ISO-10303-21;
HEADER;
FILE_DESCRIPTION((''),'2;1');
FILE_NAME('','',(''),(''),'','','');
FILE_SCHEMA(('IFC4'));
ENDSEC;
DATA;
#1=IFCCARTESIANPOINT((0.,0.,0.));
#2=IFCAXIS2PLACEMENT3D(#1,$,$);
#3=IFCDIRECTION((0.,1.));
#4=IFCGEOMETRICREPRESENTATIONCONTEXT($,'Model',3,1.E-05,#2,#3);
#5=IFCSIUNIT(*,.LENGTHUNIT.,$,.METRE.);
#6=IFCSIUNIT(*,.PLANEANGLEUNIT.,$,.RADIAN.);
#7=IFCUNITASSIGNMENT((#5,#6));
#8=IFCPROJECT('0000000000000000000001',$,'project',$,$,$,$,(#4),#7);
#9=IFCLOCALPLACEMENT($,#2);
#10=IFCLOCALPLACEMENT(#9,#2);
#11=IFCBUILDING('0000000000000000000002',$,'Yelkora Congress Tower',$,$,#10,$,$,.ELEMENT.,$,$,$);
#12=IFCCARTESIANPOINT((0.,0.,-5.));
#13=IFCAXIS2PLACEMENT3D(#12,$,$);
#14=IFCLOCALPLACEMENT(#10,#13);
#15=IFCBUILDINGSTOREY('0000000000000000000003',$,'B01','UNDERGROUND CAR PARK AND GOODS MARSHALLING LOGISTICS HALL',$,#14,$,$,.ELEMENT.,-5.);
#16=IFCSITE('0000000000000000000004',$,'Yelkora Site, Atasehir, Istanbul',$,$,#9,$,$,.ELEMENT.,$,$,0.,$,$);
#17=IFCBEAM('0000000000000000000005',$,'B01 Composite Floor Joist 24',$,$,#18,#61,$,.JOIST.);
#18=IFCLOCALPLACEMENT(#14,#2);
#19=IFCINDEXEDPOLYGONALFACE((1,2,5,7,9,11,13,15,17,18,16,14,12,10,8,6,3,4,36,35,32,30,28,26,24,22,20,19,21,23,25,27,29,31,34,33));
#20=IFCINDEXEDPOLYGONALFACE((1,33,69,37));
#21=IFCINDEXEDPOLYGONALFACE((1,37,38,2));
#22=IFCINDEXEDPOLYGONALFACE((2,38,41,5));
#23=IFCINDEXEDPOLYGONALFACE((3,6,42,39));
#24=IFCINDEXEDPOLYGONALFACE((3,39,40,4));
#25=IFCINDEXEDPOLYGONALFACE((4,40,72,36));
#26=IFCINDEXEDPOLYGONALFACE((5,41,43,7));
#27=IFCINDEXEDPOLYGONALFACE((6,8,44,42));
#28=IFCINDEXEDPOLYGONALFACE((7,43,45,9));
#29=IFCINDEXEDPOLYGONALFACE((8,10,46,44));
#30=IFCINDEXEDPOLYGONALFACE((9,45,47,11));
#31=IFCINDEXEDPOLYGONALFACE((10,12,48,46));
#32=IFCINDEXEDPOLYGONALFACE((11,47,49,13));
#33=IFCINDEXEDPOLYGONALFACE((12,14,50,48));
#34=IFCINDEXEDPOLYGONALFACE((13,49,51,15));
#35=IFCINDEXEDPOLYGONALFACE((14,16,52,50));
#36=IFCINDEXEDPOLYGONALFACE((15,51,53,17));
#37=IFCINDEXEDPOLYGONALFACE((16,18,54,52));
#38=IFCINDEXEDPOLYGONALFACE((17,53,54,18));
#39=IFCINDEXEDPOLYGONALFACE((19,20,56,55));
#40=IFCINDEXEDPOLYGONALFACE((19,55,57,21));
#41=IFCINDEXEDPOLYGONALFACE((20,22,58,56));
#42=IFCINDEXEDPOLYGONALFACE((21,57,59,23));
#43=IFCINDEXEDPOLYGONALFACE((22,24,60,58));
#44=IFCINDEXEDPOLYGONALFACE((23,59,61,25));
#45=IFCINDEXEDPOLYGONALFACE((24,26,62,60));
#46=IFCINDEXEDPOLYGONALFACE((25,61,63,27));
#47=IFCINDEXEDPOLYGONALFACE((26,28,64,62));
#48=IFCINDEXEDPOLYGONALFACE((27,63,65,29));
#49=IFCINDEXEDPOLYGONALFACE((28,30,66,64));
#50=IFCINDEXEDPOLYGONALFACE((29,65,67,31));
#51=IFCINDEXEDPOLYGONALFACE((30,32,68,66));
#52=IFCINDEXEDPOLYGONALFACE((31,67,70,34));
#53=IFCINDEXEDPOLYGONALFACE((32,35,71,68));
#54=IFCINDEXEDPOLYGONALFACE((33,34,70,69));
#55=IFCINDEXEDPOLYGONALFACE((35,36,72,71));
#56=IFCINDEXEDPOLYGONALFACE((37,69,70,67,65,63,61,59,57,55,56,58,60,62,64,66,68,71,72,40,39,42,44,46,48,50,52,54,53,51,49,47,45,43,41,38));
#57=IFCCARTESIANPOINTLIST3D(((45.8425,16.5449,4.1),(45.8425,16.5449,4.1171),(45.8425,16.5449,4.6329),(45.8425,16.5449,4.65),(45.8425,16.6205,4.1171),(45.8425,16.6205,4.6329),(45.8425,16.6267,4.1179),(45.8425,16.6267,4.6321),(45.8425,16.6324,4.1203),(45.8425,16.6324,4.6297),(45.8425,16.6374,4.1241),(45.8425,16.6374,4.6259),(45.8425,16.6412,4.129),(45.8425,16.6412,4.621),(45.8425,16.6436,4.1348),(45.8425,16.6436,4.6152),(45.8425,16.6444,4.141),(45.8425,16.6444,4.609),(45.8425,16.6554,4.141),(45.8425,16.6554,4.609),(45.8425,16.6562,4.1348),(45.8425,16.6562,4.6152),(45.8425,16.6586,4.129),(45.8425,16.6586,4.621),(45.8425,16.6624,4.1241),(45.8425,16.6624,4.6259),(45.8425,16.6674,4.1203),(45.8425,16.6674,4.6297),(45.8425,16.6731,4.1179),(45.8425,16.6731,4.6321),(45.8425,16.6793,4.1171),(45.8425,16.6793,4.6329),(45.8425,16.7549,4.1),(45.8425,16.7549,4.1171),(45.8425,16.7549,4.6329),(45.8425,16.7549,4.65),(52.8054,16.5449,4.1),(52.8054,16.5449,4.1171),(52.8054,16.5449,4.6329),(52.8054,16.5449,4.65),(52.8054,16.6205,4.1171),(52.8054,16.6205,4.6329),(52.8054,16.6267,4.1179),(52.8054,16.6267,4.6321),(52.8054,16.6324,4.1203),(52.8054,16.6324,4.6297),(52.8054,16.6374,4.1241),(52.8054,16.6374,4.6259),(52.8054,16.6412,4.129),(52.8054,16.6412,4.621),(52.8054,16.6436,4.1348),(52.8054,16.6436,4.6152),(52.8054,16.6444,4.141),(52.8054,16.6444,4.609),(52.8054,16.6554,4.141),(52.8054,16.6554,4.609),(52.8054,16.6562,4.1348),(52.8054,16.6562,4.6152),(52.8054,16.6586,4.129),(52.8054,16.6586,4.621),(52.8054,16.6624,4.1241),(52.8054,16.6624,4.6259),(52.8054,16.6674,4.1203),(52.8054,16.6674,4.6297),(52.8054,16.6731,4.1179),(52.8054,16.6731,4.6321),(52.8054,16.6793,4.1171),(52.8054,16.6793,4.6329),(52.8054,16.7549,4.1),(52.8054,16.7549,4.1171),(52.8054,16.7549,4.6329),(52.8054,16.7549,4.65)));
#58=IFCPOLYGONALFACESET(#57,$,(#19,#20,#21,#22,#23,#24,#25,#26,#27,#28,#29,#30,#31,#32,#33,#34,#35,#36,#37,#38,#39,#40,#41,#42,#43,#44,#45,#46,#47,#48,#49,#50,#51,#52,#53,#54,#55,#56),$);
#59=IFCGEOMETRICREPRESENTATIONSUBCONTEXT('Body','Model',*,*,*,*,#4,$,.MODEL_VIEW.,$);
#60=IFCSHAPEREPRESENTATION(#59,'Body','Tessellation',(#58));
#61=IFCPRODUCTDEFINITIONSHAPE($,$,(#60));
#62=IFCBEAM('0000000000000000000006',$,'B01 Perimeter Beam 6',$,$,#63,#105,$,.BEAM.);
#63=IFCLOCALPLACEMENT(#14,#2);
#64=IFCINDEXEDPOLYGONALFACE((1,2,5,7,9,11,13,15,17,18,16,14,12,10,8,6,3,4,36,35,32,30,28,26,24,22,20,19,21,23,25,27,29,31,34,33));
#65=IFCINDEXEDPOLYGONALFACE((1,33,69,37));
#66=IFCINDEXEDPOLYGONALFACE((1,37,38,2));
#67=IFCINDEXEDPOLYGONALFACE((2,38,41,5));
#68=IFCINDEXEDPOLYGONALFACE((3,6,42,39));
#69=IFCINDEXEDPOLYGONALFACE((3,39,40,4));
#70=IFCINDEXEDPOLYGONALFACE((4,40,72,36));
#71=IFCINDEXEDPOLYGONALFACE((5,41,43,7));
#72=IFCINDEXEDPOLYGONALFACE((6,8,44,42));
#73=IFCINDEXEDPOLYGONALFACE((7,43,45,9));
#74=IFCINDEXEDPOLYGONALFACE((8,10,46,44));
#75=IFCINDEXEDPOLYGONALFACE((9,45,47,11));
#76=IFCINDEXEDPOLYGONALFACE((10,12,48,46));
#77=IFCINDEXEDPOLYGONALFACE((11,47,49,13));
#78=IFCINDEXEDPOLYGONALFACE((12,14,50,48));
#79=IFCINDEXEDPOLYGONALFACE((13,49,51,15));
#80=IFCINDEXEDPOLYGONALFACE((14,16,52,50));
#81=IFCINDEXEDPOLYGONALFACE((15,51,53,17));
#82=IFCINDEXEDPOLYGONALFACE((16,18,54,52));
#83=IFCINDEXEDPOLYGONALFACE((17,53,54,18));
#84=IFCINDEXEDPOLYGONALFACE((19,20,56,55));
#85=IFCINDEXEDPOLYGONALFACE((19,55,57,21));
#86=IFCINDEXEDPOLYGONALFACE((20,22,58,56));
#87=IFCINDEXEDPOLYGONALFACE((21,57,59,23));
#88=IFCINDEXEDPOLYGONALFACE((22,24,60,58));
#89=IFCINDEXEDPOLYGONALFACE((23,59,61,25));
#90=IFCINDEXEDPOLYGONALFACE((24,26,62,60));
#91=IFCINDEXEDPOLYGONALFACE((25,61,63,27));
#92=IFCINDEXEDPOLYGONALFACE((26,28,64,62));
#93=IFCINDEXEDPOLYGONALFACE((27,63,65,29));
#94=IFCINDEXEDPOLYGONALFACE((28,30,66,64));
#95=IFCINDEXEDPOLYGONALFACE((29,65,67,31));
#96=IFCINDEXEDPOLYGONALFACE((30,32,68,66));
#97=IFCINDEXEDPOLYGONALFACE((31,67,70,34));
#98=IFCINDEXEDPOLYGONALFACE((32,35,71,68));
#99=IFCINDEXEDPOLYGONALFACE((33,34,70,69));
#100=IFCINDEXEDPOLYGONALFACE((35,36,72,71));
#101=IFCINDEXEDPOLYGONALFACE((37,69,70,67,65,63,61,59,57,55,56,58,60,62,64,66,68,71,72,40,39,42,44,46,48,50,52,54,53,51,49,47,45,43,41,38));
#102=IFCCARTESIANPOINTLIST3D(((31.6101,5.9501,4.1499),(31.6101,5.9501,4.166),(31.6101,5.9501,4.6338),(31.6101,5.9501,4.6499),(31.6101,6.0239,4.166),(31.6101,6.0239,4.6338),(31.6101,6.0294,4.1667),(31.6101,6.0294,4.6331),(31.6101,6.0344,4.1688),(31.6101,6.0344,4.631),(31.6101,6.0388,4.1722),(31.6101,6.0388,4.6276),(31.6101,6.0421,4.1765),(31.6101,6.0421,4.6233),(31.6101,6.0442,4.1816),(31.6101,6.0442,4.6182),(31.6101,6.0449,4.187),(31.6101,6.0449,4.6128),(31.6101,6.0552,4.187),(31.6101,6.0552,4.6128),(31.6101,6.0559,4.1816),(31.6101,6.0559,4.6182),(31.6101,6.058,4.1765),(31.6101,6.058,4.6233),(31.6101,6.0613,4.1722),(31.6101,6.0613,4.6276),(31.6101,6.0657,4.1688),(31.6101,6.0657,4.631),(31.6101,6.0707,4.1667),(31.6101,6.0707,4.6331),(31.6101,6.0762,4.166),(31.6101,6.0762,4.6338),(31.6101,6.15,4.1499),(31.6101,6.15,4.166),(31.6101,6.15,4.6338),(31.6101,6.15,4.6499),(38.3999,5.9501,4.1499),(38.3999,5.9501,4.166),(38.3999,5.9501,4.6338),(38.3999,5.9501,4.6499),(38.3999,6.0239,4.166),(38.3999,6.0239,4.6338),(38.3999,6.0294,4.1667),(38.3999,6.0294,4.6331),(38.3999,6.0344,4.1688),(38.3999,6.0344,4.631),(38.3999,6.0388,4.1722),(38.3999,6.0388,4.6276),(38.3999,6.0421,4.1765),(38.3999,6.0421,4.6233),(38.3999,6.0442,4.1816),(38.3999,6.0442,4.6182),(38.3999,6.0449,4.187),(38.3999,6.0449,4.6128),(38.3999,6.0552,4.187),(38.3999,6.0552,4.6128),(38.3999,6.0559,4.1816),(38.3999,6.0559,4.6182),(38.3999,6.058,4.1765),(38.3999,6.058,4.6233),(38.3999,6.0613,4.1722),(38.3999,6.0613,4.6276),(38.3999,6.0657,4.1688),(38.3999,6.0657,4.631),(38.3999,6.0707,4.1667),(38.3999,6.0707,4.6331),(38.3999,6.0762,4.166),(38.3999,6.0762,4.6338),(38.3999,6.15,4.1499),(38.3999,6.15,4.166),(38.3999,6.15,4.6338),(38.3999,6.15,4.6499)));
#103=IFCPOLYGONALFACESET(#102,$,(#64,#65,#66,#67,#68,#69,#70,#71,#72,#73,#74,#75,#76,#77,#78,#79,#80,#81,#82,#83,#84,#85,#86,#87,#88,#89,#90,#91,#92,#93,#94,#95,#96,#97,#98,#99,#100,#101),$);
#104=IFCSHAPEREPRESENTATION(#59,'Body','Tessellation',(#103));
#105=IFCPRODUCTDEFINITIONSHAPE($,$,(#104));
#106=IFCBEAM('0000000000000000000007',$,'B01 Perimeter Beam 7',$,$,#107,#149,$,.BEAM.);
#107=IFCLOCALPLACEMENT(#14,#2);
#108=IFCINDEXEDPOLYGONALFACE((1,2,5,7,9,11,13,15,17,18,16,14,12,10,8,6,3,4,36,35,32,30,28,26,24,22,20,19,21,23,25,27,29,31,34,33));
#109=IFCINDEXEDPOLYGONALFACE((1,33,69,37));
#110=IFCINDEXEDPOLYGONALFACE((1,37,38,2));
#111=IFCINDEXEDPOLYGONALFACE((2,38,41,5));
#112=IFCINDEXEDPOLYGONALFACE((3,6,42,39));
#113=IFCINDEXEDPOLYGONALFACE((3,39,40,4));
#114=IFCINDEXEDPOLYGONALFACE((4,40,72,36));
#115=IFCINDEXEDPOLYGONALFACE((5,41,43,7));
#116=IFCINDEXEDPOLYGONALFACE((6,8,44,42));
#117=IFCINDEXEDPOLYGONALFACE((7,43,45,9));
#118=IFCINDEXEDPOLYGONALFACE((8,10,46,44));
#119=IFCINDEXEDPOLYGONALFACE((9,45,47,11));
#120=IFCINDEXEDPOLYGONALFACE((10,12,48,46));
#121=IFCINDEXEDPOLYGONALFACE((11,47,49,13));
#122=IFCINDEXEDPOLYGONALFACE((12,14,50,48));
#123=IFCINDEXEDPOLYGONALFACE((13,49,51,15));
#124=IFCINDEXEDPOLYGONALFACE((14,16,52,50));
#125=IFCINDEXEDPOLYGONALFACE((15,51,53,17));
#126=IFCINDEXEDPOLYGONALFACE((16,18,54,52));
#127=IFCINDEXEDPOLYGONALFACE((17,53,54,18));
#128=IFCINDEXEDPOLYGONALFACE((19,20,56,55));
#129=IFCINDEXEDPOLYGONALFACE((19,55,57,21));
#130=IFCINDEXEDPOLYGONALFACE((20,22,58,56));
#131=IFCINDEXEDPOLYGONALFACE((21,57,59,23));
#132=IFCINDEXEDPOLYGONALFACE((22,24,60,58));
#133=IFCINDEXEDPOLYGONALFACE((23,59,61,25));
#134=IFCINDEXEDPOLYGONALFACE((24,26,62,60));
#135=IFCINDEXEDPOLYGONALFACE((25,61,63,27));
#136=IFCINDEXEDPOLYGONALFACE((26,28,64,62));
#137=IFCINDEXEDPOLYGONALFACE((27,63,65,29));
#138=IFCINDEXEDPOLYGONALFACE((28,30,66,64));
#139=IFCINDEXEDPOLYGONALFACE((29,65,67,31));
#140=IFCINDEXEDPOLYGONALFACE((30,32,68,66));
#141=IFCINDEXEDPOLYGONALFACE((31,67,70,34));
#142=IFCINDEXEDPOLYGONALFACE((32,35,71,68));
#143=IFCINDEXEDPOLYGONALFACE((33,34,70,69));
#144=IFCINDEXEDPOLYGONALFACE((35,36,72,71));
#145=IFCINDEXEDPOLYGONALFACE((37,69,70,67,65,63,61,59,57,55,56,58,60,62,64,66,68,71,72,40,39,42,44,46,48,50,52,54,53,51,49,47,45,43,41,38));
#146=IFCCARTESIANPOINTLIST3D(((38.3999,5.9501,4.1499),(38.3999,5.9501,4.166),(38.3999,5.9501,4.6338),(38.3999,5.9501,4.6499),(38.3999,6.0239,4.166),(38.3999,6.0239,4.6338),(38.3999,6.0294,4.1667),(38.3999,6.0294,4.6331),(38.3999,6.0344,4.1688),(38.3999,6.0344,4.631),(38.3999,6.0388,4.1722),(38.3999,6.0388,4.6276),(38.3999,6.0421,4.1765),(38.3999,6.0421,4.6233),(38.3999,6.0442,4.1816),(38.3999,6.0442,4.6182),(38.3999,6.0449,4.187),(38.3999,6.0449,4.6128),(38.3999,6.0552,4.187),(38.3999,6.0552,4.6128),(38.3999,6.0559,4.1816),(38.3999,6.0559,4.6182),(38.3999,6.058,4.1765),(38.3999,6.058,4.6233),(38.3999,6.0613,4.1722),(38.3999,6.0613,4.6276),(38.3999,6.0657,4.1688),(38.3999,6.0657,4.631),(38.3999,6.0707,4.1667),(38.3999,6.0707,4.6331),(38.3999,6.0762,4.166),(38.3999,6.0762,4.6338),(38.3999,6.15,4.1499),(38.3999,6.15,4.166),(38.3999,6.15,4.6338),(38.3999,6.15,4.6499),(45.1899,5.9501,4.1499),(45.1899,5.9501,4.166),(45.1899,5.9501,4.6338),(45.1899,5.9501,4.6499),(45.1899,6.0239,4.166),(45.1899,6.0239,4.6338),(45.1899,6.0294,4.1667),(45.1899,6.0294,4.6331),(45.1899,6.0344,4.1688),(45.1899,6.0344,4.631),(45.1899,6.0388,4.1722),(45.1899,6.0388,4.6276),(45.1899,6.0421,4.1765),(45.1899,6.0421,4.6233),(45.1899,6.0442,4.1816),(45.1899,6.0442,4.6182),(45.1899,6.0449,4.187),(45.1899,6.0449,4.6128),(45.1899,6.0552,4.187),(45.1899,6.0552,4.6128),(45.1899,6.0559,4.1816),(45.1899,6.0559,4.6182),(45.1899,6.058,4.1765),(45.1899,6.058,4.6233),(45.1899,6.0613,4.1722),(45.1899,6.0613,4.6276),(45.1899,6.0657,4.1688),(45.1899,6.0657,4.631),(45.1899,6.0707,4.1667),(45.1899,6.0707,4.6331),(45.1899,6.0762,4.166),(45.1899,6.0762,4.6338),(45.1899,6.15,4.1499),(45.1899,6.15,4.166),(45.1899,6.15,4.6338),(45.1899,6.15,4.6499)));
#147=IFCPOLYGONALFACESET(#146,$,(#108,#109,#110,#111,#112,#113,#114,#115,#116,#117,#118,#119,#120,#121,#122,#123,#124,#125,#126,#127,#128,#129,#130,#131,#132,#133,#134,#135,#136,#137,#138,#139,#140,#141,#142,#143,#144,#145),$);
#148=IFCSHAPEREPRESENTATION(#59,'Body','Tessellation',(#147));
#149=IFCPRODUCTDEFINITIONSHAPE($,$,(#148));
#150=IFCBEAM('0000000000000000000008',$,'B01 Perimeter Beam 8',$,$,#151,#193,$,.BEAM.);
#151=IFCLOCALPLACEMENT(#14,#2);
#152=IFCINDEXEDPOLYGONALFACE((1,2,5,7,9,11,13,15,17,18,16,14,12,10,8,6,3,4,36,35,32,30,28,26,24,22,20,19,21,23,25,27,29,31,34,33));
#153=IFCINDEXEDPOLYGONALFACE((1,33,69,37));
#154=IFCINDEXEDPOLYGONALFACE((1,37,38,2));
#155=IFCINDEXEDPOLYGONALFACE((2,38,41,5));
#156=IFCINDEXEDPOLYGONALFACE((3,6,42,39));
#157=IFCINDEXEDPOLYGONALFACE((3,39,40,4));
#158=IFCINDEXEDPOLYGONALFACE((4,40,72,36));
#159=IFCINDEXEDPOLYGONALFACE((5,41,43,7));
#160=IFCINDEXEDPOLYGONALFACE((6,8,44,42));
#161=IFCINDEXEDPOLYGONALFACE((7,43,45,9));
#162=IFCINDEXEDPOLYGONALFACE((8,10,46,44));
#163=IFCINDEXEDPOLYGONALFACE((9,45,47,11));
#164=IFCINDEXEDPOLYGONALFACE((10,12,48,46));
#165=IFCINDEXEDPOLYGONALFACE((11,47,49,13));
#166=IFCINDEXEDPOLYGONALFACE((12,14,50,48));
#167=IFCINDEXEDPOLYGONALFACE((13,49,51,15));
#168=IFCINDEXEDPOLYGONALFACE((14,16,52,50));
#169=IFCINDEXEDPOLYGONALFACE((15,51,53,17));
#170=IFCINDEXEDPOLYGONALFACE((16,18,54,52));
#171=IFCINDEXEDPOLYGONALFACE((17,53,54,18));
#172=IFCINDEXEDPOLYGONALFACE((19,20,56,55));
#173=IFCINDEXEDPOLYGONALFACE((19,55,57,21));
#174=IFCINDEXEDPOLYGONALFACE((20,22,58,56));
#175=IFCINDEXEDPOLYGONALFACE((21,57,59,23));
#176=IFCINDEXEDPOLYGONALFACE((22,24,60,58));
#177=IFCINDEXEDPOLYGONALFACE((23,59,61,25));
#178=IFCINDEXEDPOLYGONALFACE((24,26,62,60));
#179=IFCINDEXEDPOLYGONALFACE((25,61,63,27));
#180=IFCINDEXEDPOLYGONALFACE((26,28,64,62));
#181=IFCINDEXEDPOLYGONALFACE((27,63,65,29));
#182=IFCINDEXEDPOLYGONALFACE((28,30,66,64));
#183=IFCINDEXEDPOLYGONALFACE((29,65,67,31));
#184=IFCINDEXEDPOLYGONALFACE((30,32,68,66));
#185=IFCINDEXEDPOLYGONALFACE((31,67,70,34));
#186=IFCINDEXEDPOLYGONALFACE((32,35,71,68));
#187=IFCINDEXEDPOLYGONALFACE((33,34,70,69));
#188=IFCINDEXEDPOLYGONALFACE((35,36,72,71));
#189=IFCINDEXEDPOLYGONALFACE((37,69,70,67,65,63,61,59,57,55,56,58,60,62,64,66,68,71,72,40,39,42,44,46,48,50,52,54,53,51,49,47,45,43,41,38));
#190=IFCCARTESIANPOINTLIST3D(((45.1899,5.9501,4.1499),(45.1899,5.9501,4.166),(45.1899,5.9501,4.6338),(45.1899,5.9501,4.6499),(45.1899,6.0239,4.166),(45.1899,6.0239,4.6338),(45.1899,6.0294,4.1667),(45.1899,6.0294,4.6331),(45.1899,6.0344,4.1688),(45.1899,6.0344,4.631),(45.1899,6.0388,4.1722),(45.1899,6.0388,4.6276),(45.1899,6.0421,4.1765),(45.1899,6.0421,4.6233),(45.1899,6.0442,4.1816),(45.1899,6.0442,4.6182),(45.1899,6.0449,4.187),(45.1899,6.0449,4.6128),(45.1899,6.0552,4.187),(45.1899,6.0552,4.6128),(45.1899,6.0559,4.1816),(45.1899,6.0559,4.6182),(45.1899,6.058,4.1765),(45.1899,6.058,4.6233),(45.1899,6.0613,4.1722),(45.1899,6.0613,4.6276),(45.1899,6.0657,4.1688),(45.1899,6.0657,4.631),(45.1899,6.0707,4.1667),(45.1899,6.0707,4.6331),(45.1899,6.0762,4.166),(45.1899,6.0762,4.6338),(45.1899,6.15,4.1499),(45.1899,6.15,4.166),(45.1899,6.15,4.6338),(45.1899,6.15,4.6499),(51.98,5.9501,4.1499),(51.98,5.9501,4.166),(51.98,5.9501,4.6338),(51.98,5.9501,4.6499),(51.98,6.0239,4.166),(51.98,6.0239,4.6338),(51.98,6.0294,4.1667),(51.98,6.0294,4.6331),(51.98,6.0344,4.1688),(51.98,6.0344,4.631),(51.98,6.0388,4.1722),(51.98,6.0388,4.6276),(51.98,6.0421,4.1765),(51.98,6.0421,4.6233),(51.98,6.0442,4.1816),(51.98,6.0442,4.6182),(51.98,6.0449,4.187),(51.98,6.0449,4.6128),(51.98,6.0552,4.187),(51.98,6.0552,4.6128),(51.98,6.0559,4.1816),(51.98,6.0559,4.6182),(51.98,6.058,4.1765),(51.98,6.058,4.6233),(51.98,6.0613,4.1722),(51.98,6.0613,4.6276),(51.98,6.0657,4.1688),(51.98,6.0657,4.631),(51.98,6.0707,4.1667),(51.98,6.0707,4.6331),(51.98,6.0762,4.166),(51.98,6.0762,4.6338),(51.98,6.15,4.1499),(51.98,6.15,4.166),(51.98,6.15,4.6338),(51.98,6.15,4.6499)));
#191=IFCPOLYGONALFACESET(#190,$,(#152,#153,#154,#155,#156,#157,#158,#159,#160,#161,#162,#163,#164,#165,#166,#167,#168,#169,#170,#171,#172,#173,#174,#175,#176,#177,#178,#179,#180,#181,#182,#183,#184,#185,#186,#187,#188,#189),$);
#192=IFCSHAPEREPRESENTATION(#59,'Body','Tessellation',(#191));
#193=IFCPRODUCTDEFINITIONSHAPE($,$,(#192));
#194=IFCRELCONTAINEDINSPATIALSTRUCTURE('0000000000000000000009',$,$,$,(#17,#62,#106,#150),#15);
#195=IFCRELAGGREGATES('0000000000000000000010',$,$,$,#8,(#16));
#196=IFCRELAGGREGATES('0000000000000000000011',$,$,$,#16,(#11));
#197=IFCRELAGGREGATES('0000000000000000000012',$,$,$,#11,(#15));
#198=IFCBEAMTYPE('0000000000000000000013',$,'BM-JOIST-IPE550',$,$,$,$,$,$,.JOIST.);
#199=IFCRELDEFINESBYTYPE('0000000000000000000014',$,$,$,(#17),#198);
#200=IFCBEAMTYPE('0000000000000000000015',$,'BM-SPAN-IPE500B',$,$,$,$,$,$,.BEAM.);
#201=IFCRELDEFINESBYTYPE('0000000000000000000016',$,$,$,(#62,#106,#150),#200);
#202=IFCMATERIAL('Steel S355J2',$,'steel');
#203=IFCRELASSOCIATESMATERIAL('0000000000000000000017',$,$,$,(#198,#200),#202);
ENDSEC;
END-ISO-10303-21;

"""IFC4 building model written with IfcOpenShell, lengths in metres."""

from ifc_helpers import new_model, si_unit, direction, frame, origin, origin_2d, place, context, subcontext, project, spatial, i_section, extrude, material, material_profile, profile_set, type_object, element, save


model = new_model("IFC4")

# Units and contexts
model_context = context("Model", 3, precision=1e-05, world=origin(), true_north=direction((0.0, 1.0)))
body_context = subcontext(model_context, "Body", "Model", "MODEL_VIEW")
ifc_project = project(units=[si_unit("LENGTHUNIT", "METRE"), si_unit("PLANEANGLEUNIT", "RADIAN")], contexts=[model_context])

# Site, building, storey
site_placement = place(None, origin())
site = spatial("IfcSite", under=ifc_project, at=site_placement, Name="Yelkora Site, Atasehir, Istanbul", CompositionType="ELEMENT", RefElevation=0.0)
building_placement = place(site_placement, origin())
building = spatial("IfcBuilding", under=site, at=building_placement, Name="Yelkora Congress Tower", CompositionType="ELEMENT")
storey_placement = place(building_placement, frame((0.0, 0.0, -5.0)))
storey = spatial("IfcBuildingStorey", under=building, at=storey_placement, Name="B01", Description="UNDERGROUND CAR PARK AND GOODS MARSHALLING LOGISTICS HALL", CompositionType="ELEMENT", Elevation=-5.0)

# Beams
ifc_material_1 = material(Name="Steel S355J2", Category="steel")
ifc_material_profile_1 = material_profile(ifc_material_1, i_section(OverallWidth=0.21, OverallDepth=0.55, WebThickness=0.011, FlangeThickness=0.0171, FilletRadius=0.0239, at=origin_2d()), Name="IPE 550")
ifc_profile_set_1 = profile_set([ifc_material_profile_1], Name="Steel S355J2")
beam_type_1 = type_object("IfcBeamType", Name="BM-JOIST-IPE550", PredefinedType="JOIST", material=ifc_profile_set_1)
beam_1_placement = place(storey_placement, frame((45.8425, 16.6499, 4.375), z_axis=(1.0, 0.0, 0.0), x_axis=(0.0, 1.0, 0.0)))
element("IfcBeam", 1, at=beam_1_placement, inside=storey, type_object=beam_type_1, Name="B01 Composite Floor Joist 24", PredefinedType="JOIST", context=body_context, shape_type="SweptSolid", body=[
    extrude(i_section(OverallWidth=0.21, OverallDepth=0.55, WebThickness=0.011, FlangeThickness=0.0171, FilletRadius=0.0239, at=origin_2d()), origin(), (0.0, 0.0, 1.0), 6.9629),
])
ifc_material_profile_2 = material_profile(ifc_material_1, i_section(OverallWidth=0.2, OverallDepth=0.5, WebThickness=0.0103, FlangeThickness=0.0161, FilletRadius=0.021, at=origin_2d()), Name="IPE 500")
ifc_profile_set_2 = profile_set([ifc_material_profile_2], Name="Steel S355J2")
beam_type_2 = type_object("IfcBeamType", Name="BM-SPAN-IPE500B", PredefinedType="BEAM", material=ifc_profile_set_2)
beam_2_placement = place(storey_placement, frame((31.6101, 6.05, 4.3999), z_axis=(1.0, 0.0, 0.0), x_axis=(0.0, 1.0, 0.0)))
element("IfcBeam", 2, at=beam_2_placement, inside=storey, type_object=beam_type_2, Name="B01 Perimeter Beam 6", PredefinedType="BEAM", context=body_context, shape_type="SweptSolid", body=[
    extrude(i_section(OverallWidth=0.2, OverallDepth=0.5, WebThickness=0.0103, FlangeThickness=0.0161, FilletRadius=0.021, at=origin_2d()), origin(), (0.0, 0.0, 1.0), 6.7898),
])
for number, where, z_axis, x_axis, name in (
    (3, (38.3999, 6.05, 4.3999), (1.0, 0.0, 0.0), (0.0, 1.0, 0.0), "B01 Perimeter Beam 7"),
    (4, (45.1899, 6.05, 4.3999), (1.0, 0.0, 0.0), (0.0, 1.0, 0.0), "B01 Perimeter Beam 8"),
):
    element("IfcBeam", number, at=place(storey_placement, frame(where, z_axis=z_axis, x_axis=x_axis)), inside=storey, type_object=beam_type_2, Name=name, PredefinedType="BEAM", context=body_context, shape_type="SweptSolid", body=[
        extrude(i_section(OverallWidth=0.2, OverallDepth=0.5, WebThickness=0.0103, FlangeThickness=0.0161, FilletRadius=0.021, at=origin_2d()), origin(), (0.0, 0.0, 1.0), 6.79),
    ])

save(model, "model.ifc")
